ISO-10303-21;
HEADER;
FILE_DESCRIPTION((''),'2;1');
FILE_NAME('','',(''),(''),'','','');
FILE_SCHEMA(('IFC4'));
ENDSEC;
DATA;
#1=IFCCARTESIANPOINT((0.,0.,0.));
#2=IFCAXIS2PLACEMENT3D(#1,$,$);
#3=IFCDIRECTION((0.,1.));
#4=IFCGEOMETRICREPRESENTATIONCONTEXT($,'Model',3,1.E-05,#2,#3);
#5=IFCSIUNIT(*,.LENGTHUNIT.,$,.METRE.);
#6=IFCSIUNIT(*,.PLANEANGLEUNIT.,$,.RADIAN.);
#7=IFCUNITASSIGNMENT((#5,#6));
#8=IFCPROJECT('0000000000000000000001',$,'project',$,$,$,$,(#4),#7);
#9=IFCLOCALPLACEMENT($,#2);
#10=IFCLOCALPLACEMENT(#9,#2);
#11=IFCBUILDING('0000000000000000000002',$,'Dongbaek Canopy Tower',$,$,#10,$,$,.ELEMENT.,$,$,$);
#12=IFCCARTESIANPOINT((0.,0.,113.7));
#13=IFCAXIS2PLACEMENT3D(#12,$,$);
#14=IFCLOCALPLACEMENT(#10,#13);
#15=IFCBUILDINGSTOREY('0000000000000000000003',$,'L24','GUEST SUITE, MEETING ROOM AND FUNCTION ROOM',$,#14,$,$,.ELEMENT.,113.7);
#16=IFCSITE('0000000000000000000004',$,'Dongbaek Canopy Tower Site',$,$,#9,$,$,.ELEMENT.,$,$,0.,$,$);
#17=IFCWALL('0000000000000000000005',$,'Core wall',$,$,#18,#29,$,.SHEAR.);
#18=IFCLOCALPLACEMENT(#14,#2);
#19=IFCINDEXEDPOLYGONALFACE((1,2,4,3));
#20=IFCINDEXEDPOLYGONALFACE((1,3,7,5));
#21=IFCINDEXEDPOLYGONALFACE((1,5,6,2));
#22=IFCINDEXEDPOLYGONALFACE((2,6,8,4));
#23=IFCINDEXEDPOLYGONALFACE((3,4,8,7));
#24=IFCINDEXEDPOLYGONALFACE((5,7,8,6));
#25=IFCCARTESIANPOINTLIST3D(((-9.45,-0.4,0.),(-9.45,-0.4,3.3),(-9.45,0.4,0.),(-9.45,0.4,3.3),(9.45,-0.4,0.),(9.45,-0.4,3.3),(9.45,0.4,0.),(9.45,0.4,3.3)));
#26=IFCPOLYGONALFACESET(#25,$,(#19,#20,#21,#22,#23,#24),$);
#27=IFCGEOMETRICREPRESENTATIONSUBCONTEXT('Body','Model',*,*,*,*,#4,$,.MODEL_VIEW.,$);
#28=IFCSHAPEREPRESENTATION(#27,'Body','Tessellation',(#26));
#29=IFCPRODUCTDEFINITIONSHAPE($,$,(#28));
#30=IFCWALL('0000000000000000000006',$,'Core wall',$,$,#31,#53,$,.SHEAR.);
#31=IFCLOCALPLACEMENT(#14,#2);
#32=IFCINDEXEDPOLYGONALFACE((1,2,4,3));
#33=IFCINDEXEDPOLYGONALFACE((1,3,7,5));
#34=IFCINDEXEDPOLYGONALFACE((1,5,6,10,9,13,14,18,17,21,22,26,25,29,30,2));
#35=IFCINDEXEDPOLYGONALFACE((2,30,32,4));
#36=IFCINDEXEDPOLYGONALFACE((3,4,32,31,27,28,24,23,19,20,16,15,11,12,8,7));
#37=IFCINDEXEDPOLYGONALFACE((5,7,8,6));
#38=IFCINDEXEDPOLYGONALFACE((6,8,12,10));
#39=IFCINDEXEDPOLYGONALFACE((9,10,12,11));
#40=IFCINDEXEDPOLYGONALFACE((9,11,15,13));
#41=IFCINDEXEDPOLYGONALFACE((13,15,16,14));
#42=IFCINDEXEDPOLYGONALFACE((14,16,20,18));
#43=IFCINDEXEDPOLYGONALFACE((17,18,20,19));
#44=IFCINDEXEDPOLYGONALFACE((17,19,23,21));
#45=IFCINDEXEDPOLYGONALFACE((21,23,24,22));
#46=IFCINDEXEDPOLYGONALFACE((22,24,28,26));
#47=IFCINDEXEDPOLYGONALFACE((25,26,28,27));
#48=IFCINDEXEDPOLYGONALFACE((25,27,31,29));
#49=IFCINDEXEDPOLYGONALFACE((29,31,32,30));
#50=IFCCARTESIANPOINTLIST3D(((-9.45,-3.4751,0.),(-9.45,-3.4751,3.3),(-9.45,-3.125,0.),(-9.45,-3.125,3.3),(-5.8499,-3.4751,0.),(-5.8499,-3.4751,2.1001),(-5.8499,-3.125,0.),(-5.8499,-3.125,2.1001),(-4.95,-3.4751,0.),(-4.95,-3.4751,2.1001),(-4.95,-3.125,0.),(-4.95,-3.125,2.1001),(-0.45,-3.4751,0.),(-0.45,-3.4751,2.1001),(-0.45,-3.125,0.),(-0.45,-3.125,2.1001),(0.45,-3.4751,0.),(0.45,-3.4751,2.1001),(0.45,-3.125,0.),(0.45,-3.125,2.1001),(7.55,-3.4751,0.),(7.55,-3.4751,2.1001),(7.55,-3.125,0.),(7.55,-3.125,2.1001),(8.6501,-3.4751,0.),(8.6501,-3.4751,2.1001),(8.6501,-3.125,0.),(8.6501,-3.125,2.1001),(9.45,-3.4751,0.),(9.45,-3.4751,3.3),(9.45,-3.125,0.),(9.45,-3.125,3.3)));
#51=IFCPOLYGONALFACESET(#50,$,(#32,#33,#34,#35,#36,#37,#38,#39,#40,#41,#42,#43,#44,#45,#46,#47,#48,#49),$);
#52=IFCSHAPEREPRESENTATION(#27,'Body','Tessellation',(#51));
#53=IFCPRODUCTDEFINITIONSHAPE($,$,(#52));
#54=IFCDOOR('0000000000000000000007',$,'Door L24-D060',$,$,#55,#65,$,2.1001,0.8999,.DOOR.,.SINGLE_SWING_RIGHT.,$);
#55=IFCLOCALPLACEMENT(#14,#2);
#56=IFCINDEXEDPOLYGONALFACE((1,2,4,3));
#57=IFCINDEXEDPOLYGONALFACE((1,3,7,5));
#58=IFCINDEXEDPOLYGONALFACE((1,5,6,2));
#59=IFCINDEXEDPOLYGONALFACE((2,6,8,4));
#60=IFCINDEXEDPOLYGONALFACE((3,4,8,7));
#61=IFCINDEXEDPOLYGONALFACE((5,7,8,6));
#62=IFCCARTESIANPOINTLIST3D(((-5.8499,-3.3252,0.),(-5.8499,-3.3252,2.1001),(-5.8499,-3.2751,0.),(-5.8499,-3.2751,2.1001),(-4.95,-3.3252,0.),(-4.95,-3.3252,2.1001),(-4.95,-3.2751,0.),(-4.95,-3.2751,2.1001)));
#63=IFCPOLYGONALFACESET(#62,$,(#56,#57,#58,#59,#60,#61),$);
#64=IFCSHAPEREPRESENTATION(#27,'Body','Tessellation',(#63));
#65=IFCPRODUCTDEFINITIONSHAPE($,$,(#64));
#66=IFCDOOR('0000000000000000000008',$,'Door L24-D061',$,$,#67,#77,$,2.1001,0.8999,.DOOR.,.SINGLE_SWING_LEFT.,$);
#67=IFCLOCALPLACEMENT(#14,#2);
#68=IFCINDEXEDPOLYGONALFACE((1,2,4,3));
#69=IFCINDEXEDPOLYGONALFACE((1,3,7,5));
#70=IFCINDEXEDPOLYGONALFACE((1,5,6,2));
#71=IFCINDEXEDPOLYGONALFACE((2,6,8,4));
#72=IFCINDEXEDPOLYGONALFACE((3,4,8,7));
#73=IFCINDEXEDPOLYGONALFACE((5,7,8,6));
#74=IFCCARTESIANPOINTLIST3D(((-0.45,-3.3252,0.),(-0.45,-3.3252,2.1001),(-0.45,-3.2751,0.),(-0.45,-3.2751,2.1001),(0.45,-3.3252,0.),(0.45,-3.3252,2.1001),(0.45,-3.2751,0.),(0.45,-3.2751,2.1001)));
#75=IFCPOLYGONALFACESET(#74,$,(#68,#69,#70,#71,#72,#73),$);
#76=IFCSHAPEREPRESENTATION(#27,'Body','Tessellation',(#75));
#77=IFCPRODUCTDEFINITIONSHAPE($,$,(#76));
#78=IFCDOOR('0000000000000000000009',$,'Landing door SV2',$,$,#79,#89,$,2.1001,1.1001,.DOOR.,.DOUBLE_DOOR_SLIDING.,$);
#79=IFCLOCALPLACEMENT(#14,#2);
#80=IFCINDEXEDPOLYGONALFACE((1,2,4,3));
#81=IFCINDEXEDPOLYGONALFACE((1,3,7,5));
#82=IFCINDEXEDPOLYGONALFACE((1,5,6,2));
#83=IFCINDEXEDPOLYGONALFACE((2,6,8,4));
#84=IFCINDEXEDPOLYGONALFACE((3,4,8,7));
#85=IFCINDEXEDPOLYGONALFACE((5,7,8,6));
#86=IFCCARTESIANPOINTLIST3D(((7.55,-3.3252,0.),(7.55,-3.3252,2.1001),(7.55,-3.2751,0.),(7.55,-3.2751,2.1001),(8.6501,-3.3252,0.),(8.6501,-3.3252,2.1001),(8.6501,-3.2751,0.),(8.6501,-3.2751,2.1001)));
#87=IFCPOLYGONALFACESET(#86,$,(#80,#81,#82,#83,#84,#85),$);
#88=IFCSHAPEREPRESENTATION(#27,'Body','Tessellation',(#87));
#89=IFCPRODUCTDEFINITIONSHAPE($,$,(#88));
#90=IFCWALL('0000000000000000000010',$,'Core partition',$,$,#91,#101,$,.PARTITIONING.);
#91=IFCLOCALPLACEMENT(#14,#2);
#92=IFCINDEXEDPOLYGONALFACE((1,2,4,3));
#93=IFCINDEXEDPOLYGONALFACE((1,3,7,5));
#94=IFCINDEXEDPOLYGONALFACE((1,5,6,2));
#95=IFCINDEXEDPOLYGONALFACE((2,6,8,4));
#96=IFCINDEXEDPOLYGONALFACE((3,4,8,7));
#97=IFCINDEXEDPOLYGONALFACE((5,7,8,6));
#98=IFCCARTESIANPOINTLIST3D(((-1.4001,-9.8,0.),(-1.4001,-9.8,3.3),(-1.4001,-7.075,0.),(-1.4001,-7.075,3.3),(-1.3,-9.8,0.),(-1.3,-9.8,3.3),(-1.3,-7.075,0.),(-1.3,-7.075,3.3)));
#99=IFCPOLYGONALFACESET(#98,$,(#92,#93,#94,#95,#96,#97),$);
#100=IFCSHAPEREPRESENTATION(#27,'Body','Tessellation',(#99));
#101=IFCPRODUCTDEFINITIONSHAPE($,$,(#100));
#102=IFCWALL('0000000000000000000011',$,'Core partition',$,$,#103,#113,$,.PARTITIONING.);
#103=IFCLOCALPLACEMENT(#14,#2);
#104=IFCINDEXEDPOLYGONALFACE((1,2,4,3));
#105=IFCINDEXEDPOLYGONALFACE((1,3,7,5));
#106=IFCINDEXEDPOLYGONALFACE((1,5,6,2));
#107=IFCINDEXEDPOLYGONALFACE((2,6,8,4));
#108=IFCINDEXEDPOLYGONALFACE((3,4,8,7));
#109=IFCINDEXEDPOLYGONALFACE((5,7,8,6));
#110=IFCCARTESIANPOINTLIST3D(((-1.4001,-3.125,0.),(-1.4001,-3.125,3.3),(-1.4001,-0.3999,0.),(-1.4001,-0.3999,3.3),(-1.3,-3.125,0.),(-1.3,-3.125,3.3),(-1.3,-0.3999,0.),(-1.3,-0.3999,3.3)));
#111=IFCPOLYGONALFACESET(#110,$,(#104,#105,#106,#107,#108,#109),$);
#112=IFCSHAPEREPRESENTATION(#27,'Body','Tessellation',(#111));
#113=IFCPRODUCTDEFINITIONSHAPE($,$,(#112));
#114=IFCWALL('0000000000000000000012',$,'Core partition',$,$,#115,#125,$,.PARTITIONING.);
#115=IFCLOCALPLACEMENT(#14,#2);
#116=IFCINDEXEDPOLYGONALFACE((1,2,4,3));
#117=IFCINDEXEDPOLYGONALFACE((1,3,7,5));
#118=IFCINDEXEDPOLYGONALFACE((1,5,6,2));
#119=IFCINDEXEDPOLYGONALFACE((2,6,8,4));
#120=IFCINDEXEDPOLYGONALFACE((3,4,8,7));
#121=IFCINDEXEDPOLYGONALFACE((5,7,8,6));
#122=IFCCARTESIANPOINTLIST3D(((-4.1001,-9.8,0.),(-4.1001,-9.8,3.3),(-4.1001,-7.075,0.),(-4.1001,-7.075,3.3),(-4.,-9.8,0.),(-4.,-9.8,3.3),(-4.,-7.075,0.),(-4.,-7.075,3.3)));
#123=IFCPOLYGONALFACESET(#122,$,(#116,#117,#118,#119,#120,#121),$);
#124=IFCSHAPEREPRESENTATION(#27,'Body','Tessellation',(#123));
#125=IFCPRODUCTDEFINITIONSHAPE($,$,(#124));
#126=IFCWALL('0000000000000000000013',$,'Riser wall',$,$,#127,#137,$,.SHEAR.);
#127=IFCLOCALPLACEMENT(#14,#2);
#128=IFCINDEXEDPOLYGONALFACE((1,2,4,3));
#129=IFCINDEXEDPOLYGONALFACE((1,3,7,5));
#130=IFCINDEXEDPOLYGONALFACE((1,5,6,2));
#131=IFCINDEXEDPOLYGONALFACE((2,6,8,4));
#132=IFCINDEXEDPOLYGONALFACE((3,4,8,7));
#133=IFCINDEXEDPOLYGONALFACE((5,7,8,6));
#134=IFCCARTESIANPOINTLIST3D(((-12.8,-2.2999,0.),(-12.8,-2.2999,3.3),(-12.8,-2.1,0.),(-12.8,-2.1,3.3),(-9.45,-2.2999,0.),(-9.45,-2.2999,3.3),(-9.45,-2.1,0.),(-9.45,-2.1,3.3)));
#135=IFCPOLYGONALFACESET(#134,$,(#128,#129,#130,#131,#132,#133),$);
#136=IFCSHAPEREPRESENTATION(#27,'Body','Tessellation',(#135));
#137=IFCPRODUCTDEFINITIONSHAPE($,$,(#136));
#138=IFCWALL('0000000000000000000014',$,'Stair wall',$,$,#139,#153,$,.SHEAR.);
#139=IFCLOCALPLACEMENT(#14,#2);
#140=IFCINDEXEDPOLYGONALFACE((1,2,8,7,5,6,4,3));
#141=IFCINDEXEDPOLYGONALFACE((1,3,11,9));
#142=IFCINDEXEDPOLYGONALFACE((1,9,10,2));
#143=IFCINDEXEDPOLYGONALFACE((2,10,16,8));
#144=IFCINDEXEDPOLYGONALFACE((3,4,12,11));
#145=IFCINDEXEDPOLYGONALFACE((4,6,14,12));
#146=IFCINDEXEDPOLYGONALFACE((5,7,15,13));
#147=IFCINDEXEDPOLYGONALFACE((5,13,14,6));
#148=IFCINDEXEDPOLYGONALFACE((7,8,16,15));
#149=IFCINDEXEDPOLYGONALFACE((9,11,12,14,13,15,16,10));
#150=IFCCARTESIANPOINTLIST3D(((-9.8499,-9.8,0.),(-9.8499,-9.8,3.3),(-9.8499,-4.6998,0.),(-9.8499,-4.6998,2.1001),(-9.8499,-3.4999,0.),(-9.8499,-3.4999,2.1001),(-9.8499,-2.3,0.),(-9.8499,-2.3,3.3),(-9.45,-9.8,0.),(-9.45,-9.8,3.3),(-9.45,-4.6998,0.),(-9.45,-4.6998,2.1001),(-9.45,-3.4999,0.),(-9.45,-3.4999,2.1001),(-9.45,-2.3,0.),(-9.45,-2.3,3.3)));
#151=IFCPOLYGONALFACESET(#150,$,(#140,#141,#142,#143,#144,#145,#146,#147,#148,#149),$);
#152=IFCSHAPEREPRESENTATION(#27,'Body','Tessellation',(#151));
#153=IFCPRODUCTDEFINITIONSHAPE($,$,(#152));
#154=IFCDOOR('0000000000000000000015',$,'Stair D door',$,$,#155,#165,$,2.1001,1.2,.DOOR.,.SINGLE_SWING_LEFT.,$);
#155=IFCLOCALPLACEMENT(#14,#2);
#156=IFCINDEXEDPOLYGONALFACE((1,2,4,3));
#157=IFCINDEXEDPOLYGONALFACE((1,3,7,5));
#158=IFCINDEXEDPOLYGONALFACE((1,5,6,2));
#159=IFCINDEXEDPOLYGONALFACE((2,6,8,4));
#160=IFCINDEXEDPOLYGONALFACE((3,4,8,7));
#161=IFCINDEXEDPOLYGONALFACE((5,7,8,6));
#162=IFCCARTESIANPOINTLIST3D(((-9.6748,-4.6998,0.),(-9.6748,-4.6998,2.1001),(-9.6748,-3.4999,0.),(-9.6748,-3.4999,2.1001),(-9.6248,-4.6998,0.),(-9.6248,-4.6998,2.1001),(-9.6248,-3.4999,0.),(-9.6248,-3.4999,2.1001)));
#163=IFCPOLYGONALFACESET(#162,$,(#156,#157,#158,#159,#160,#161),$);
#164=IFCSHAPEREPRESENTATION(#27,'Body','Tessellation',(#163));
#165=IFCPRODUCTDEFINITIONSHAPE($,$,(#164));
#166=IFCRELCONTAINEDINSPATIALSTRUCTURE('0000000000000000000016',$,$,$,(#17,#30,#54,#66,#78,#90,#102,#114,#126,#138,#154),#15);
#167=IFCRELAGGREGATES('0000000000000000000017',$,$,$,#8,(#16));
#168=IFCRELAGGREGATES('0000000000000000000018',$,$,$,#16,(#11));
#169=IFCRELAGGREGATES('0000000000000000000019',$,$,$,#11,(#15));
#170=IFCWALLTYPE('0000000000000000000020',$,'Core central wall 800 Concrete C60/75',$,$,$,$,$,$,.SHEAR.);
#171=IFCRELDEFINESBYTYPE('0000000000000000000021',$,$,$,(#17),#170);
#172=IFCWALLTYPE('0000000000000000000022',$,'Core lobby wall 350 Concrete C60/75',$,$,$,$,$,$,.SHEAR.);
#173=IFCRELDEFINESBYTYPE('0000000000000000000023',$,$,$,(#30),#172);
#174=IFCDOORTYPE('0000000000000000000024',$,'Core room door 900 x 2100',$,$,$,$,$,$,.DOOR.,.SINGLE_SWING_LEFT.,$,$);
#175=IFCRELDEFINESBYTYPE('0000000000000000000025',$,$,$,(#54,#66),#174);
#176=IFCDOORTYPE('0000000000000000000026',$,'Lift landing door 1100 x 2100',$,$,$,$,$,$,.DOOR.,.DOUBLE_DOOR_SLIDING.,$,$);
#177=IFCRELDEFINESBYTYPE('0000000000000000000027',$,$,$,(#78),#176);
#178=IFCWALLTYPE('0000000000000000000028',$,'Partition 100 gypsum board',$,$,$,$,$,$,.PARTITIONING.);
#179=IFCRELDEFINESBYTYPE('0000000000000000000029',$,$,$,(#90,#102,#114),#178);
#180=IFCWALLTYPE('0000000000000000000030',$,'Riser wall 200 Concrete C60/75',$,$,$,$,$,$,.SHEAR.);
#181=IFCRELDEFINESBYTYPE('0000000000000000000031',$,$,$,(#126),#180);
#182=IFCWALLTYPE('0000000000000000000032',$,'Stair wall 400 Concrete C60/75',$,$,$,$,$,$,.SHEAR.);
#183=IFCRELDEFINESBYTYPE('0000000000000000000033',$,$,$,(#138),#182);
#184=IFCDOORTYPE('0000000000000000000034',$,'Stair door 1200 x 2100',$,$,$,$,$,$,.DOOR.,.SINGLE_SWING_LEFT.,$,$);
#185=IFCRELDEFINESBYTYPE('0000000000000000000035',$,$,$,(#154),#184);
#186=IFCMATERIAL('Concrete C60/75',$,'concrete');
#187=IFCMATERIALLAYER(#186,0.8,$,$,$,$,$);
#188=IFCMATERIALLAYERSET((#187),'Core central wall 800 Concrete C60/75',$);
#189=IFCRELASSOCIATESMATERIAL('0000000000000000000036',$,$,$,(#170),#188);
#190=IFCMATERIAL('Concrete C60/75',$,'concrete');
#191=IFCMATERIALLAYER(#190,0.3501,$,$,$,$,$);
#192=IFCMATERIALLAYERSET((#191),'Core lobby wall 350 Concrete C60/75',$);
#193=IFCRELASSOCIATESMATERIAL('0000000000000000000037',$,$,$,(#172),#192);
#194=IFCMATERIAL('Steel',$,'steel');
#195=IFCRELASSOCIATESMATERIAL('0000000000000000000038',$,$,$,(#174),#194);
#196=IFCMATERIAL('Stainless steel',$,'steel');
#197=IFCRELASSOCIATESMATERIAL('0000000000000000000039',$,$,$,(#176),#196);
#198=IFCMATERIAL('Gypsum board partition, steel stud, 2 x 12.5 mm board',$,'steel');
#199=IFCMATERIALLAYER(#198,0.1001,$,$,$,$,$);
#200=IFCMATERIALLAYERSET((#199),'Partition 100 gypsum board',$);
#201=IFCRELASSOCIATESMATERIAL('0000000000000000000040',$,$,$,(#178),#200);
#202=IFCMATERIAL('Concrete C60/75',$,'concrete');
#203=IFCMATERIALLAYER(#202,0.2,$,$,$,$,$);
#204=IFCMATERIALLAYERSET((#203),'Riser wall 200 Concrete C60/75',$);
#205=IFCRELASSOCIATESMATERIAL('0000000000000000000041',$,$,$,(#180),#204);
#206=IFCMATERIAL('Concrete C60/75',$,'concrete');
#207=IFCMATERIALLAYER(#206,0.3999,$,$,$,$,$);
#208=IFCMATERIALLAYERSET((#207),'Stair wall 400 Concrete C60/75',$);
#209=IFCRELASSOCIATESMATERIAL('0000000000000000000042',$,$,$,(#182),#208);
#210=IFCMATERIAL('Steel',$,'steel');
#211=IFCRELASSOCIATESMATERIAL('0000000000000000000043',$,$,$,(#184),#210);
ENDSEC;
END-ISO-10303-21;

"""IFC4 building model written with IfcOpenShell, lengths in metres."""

from ifc_helpers import new_model, si_unit, direction, frame, frame_2d, origin, place, context, subcontext, project, spatial, rectangle, extrude, material, layer, layer_set, type_object, element, fill, save


model = new_model("IFC4")

# Units and contexts
model_context = context("Model", 3, precision=1e-05, world=origin(), true_north=direction((0.0, 1.0)))
body_context = subcontext(model_context, "Body", "Model", "MODEL_VIEW")
ifc_project = project(units=[si_unit("LENGTHUNIT", "METRE"), si_unit("PLANEANGLEUNIT", "RADIAN")], contexts=[model_context])

# Site, building, storey
site_placement = place(None, origin())
site = spatial("IfcSite", under=ifc_project, at=site_placement, Name="Dongbaek Canopy Tower Site", CompositionType="ELEMENT", RefElevation=0.0)
building_placement = place(site_placement, origin())
building = spatial("IfcBuilding", under=site, at=building_placement, Name="Dongbaek Canopy Tower", CompositionType="ELEMENT")
storey_placement = place(building_placement, frame((0.0, 0.0, 113.7)))
storey = spatial("IfcBuildingStorey", under=building, at=storey_placement, Name="L24", Description="GUEST SUITE, MEETING ROOM AND FUNCTION ROOM", CompositionType="ELEMENT", Elevation=113.7)

# Wall
ifc_material_1 = material(Name="Concrete C60/75", Category="concrete")
ifc_layer_1 = layer(ifc_material_1, 0.8)
ifc_layer_set_1 = layer_set([ifc_layer_1], Name="Core central wall 800 Concrete C60/75")
wall_type_1 = type_object("IfcWallType", Name="Core central wall 800 Concrete C60/75", PredefinedType="SHEAR", material=ifc_layer_set_1)
wall_1_placement = place(storey_placement, frame((-9.45, 0.0, 0.0), z_axis=(0.0, 0.0, 1.0), x_axis=(1.0, 0.0, 0.0)))
element("IfcWall", 1, at=wall_1_placement, inside=storey, type_object=wall_type_1, Name="Core wall", PredefinedType="SHEAR", context=body_context, shape_type="SweptSolid", body=[
    extrude(rectangle(XDim=18.8999, YDim=0.8, at=frame_2d((9.45, 0.0))), origin(), (0.0, 0.0, 1.0), 3.3),
])

# Wall, openings, doors
ifc_material_2 = material(Name="Concrete C60/75", Category="concrete")
ifc_layer_2 = layer(ifc_material_2, 0.3501)
ifc_layer_set_2 = layer_set([ifc_layer_2], Name="Core lobby wall 350 Concrete C60/75")
wall_type_2 = type_object("IfcWallType", Name="Core lobby wall 350 Concrete C60/75", PredefinedType="SHEAR", material=ifc_layer_set_2)
wall_2_placement = place(storey_placement, frame((-9.45, -3.3, 0.0), z_axis=(0.0, 0.0, 1.0), x_axis=(1.0, 0.0, 0.0)))
wall_2 = element("IfcWall", 2, at=wall_2_placement, inside=storey, type_object=wall_type_2, Name="Core wall", PredefinedType="SHEAR", context=body_context, shape_type="SweptSolid", body=[
    extrude(rectangle(XDim=18.8999, YDim=0.3501, at=frame_2d((9.45, 0.0))), origin(), (0.0, 0.0, 1.0), 3.3),
])
opening_1_placement = place(wall_2_placement, frame((17.0, 0.0, 0.0)))
opening_1 = element("IfcOpeningElement", 3, at=opening_1_placement, cuts=wall_2, PredefinedType="OPENING", context=body_context, shape_type="SweptSolid", body=[
    extrude(rectangle(XDim=1.1001, YDim=2.1001, at=frame_2d((0.55, 1.05))), frame((0.0, 0.1851, 0.0), z_axis=(0.0, -1.0, 0.0), x_axis=(1.0, 0.0, 0.0)), (0.0, 0.0, 1.0), 0.3701),
])
opening_2_placement = place(wall_2_placement, frame((3.6001, 0.0, 0.0)))
opening_2 = element("IfcOpeningElement", 4, at=opening_2_placement, cuts=wall_2, PredefinedType="OPENING", context=body_context, shape_type="SweptSolid", body=[
    extrude(rectangle(XDim=0.8999, YDim=2.1001, at=frame_2d((0.45, 1.05))), frame((0.0, 0.1851, 0.0), z_axis=(0.0, -1.0, 0.0), x_axis=(1.0, 0.0, 0.0)), (0.0, 0.0, 1.0), 0.3701),
])
opening_3_placement = place(wall_2_placement, frame((9.0, 0.0, 0.0)))
opening_3 = element("IfcOpeningElement", 5, at=opening_3_placement, cuts=wall_2, PredefinedType="OPENING", context=body_context, shape_type="SweptSolid", body=[
    extrude(rectangle(XDim=0.8999, YDim=2.1001, at=frame_2d((0.45, 1.05))), frame((0.0, 0.1851, 0.0), z_axis=(0.0, -1.0, 0.0), x_axis=(1.0, 0.0, 0.0)), (0.0, 0.0, 1.0), 0.3701),
])
ifc_material_3 = material(Name="Steel", Category="steel")
door_type_1 = type_object("IfcDoorType", Name="Core room door 900 x 2100", OperationType="SINGLE_SWING_LEFT", PredefinedType="DOOR", material=ifc_material_3)
door_1_placement = place(opening_2_placement, origin())
door_1 = element("IfcDoor", 6, at=door_1_placement, inside=storey, type_object=door_type_1, Name="Door L24-D060", OperationType="SINGLE_SWING_RIGHT", OverallHeight=2.1001, OverallWidth=0.8999, PredefinedType="DOOR", context=body_context, shape_type="SweptSolid", body=[
    extrude(rectangle(XDim=0.8999, YDim=2.1001, at=frame_2d((0.45, 1.05))), frame((0.0, 0.0249, 0.0), z_axis=(0.0, -1.0, 0.0), x_axis=(1.0, 0.0, 0.0)), (0.0, 0.0, 1.0), 0.05),
])
fill(opening_2, door_1)
door_2_placement = place(opening_3_placement, origin())
door_2 = element("IfcDoor", 7, at=door_2_placement, inside=storey, type_object=door_type_1, Name="Door L24-D061", OperationType="SINGLE_SWING_LEFT", OverallHeight=2.1001, OverallWidth=0.8999, PredefinedType="DOOR", context=body_context, shape_type="SweptSolid", body=[
    extrude(rectangle(XDim=0.8999, YDim=2.1001, at=frame_2d((0.45, 1.05))), frame((0.0, 0.0249, 0.0), z_axis=(0.0, -1.0, 0.0), x_axis=(1.0, 0.0, 0.0)), (0.0, 0.0, 1.0), 0.05),
])
fill(opening_3, door_2)
ifc_material_4 = material(Name="Stainless steel", Category="steel")
door_type_2 = type_object("IfcDoorType", Name="Lift landing door 1100 x 2100", OperationType="DOUBLE_DOOR_SLIDING", PredefinedType="DOOR", material=ifc_material_4)
door_3_placement = place(opening_1_placement, origin())
door_3 = element("IfcDoor", 8, at=door_3_placement, inside=storey, type_object=door_type_2, Name="Landing door SV2", OperationType="DOUBLE_DOOR_SLIDING", OverallHeight=2.1001, OverallWidth=1.1001, PredefinedType="DOOR", context=body_context, shape_type="SweptSolid", body=[
    extrude(rectangle(XDim=1.1001, YDim=2.1001, at=frame_2d((0.55, 1.05))), frame((0.0, 0.0249, 0.0), z_axis=(0.0, -1.0, 0.0), x_axis=(1.0, 0.0, 0.0)), (0.0, 0.0, 1.0), 0.05),
])
fill(opening_1, door_3)

# Walls
ifc_material_5 = material(Name="Gypsum board partition, steel stud, 2 x 12.5 mm board", Category="steel")
ifc_layer_3 = layer(ifc_material_5, 0.1001)
ifc_layer_set_3 = layer_set([ifc_layer_3], Name="Partition 100 gypsum board")
wall_type_3 = type_object("IfcWallType", Name="Partition 100 gypsum board", PredefinedType="PARTITIONING", material=ifc_layer_set_3)
for number, where, z_axis, x_axis, name in (
    (9, (-1.3501, -9.8, 0.0), (0.0, 0.0, 1.0), (0.0, 1.0, 0.0), "Core partition"),
    (10, (-1.3501, -3.125, 0.0), (0.0, 0.0, 1.0), (0.0, 1.0, 0.0), "Core partition"),
    (11, (-4.05, -9.8, 0.0), (0.0, 0.0, 1.0), (0.0, 1.0, 0.0), "Core partition"),
):
    element("IfcWall", number, at=place(storey_placement, frame(where, z_axis=z_axis, x_axis=x_axis)), inside=storey, type_object=wall_type_3, Name=name, PredefinedType="PARTITIONING", context=body_context, shape_type="SweptSolid", body=[
        extrude(rectangle(XDim=2.7251, YDim=0.1001, at=frame_2d((1.3625, 0.0))), origin(), (0.0, 0.0, 1.0), 3.3),
    ])
ifc_material_6 = material(Name="Concrete C60/75", Category="concrete")
ifc_layer_4 = layer(ifc_material_6, 0.2)
ifc_layer_set_4 = layer_set([ifc_layer_4], Name="Riser wall 200 Concrete C60/75")
wall_type_4 = type_object("IfcWallType", Name="Riser wall 200 Concrete C60/75", PredefinedType="SHEAR", material=ifc_layer_set_4)
wall_3_placement = place(storey_placement, frame((-9.45, -2.2, 0.0), z_axis=(0.0, 0.0, 1.0), x_axis=(-1.0, 0.0, 0.0)))
element("IfcWall", 12, at=wall_3_placement, inside=storey, type_object=wall_type_4, Name="Riser wall", PredefinedType="SHEAR", context=body_context, shape_type="SweptSolid", body=[
    extrude(rectangle(XDim=3.3501, YDim=0.2, at=frame_2d((1.675, 0.0))), origin(), (0.0, 0.0, 1.0), 3.3),
])

# Wall, opening, door
ifc_material_7 = material(Name="Concrete C60/75", Category="concrete")
ifc_layer_5 = layer(ifc_material_7, 0.3999)
ifc_layer_set_5 = layer_set([ifc_layer_5], Name="Stair wall 400 Concrete C60/75")
wall_type_5 = type_object("IfcWallType", Name="Stair wall 400 Concrete C60/75", PredefinedType="SHEAR", material=ifc_layer_set_5)
wall_4_placement = place(storey_placement, frame((-9.6499, -9.8, 0.0), z_axis=(0.0, 0.0, 1.0), x_axis=(0.0, 1.0, 0.0)))
wall_4 = element("IfcWall", 13, at=wall_4_placement, inside=storey, type_object=wall_type_5, Name="Stair wall", PredefinedType="SHEAR", context=body_context, shape_type="SweptSolid", body=[
    extrude(rectangle(XDim=7.5, YDim=0.3999, at=frame_2d((3.75, 0.0))), origin(), (0.0, 0.0, 1.0), 3.3),
])
opening_4_placement = place(wall_4_placement, frame((5.1001, 0.0, 0.0)))
opening_4 = element("IfcOpeningElement", 14, at=opening_4_placement, cuts=wall_4, PredefinedType="OPENING", context=body_context, shape_type="SweptSolid", body=[
    extrude(rectangle(XDim=1.2, YDim=2.1001, at=frame_2d((0.6001, 1.05))), frame((0.0, 0.21, 0.0), z_axis=(0.0, -1.0, 0.0), x_axis=(1.0, 0.0, 0.0)), (0.0, 0.0, 1.0), 0.4199),
])
ifc_material_8 = material(Name="Steel", Category="steel")
door_type_3 = type_object("IfcDoorType", Name="Stair door 1200 x 2100", OperationType="SINGLE_SWING_LEFT", PredefinedType="DOOR", material=ifc_material_8)
door_4_placement = place(opening_4_placement, origin())
door_4 = element("IfcDoor", 15, at=door_4_placement, inside=storey, type_object=door_type_3, Name="Stair D door", OperationType="SINGLE_SWING_LEFT", OverallHeight=2.1001, OverallWidth=1.2, PredefinedType="DOOR", context=body_context, shape_type="SweptSolid", body=[
    extrude(rectangle(XDim=1.2, YDim=2.1001, at=frame_2d((0.6001, 1.05))), frame((0.0, 0.0249, 0.0), z_axis=(0.0, -1.0, 0.0), x_axis=(1.0, 0.0, 0.0)), (0.0, 0.0, 1.0), 0.05),
])
fill(opening_4, door_4)

save(model, "model.ifc")
